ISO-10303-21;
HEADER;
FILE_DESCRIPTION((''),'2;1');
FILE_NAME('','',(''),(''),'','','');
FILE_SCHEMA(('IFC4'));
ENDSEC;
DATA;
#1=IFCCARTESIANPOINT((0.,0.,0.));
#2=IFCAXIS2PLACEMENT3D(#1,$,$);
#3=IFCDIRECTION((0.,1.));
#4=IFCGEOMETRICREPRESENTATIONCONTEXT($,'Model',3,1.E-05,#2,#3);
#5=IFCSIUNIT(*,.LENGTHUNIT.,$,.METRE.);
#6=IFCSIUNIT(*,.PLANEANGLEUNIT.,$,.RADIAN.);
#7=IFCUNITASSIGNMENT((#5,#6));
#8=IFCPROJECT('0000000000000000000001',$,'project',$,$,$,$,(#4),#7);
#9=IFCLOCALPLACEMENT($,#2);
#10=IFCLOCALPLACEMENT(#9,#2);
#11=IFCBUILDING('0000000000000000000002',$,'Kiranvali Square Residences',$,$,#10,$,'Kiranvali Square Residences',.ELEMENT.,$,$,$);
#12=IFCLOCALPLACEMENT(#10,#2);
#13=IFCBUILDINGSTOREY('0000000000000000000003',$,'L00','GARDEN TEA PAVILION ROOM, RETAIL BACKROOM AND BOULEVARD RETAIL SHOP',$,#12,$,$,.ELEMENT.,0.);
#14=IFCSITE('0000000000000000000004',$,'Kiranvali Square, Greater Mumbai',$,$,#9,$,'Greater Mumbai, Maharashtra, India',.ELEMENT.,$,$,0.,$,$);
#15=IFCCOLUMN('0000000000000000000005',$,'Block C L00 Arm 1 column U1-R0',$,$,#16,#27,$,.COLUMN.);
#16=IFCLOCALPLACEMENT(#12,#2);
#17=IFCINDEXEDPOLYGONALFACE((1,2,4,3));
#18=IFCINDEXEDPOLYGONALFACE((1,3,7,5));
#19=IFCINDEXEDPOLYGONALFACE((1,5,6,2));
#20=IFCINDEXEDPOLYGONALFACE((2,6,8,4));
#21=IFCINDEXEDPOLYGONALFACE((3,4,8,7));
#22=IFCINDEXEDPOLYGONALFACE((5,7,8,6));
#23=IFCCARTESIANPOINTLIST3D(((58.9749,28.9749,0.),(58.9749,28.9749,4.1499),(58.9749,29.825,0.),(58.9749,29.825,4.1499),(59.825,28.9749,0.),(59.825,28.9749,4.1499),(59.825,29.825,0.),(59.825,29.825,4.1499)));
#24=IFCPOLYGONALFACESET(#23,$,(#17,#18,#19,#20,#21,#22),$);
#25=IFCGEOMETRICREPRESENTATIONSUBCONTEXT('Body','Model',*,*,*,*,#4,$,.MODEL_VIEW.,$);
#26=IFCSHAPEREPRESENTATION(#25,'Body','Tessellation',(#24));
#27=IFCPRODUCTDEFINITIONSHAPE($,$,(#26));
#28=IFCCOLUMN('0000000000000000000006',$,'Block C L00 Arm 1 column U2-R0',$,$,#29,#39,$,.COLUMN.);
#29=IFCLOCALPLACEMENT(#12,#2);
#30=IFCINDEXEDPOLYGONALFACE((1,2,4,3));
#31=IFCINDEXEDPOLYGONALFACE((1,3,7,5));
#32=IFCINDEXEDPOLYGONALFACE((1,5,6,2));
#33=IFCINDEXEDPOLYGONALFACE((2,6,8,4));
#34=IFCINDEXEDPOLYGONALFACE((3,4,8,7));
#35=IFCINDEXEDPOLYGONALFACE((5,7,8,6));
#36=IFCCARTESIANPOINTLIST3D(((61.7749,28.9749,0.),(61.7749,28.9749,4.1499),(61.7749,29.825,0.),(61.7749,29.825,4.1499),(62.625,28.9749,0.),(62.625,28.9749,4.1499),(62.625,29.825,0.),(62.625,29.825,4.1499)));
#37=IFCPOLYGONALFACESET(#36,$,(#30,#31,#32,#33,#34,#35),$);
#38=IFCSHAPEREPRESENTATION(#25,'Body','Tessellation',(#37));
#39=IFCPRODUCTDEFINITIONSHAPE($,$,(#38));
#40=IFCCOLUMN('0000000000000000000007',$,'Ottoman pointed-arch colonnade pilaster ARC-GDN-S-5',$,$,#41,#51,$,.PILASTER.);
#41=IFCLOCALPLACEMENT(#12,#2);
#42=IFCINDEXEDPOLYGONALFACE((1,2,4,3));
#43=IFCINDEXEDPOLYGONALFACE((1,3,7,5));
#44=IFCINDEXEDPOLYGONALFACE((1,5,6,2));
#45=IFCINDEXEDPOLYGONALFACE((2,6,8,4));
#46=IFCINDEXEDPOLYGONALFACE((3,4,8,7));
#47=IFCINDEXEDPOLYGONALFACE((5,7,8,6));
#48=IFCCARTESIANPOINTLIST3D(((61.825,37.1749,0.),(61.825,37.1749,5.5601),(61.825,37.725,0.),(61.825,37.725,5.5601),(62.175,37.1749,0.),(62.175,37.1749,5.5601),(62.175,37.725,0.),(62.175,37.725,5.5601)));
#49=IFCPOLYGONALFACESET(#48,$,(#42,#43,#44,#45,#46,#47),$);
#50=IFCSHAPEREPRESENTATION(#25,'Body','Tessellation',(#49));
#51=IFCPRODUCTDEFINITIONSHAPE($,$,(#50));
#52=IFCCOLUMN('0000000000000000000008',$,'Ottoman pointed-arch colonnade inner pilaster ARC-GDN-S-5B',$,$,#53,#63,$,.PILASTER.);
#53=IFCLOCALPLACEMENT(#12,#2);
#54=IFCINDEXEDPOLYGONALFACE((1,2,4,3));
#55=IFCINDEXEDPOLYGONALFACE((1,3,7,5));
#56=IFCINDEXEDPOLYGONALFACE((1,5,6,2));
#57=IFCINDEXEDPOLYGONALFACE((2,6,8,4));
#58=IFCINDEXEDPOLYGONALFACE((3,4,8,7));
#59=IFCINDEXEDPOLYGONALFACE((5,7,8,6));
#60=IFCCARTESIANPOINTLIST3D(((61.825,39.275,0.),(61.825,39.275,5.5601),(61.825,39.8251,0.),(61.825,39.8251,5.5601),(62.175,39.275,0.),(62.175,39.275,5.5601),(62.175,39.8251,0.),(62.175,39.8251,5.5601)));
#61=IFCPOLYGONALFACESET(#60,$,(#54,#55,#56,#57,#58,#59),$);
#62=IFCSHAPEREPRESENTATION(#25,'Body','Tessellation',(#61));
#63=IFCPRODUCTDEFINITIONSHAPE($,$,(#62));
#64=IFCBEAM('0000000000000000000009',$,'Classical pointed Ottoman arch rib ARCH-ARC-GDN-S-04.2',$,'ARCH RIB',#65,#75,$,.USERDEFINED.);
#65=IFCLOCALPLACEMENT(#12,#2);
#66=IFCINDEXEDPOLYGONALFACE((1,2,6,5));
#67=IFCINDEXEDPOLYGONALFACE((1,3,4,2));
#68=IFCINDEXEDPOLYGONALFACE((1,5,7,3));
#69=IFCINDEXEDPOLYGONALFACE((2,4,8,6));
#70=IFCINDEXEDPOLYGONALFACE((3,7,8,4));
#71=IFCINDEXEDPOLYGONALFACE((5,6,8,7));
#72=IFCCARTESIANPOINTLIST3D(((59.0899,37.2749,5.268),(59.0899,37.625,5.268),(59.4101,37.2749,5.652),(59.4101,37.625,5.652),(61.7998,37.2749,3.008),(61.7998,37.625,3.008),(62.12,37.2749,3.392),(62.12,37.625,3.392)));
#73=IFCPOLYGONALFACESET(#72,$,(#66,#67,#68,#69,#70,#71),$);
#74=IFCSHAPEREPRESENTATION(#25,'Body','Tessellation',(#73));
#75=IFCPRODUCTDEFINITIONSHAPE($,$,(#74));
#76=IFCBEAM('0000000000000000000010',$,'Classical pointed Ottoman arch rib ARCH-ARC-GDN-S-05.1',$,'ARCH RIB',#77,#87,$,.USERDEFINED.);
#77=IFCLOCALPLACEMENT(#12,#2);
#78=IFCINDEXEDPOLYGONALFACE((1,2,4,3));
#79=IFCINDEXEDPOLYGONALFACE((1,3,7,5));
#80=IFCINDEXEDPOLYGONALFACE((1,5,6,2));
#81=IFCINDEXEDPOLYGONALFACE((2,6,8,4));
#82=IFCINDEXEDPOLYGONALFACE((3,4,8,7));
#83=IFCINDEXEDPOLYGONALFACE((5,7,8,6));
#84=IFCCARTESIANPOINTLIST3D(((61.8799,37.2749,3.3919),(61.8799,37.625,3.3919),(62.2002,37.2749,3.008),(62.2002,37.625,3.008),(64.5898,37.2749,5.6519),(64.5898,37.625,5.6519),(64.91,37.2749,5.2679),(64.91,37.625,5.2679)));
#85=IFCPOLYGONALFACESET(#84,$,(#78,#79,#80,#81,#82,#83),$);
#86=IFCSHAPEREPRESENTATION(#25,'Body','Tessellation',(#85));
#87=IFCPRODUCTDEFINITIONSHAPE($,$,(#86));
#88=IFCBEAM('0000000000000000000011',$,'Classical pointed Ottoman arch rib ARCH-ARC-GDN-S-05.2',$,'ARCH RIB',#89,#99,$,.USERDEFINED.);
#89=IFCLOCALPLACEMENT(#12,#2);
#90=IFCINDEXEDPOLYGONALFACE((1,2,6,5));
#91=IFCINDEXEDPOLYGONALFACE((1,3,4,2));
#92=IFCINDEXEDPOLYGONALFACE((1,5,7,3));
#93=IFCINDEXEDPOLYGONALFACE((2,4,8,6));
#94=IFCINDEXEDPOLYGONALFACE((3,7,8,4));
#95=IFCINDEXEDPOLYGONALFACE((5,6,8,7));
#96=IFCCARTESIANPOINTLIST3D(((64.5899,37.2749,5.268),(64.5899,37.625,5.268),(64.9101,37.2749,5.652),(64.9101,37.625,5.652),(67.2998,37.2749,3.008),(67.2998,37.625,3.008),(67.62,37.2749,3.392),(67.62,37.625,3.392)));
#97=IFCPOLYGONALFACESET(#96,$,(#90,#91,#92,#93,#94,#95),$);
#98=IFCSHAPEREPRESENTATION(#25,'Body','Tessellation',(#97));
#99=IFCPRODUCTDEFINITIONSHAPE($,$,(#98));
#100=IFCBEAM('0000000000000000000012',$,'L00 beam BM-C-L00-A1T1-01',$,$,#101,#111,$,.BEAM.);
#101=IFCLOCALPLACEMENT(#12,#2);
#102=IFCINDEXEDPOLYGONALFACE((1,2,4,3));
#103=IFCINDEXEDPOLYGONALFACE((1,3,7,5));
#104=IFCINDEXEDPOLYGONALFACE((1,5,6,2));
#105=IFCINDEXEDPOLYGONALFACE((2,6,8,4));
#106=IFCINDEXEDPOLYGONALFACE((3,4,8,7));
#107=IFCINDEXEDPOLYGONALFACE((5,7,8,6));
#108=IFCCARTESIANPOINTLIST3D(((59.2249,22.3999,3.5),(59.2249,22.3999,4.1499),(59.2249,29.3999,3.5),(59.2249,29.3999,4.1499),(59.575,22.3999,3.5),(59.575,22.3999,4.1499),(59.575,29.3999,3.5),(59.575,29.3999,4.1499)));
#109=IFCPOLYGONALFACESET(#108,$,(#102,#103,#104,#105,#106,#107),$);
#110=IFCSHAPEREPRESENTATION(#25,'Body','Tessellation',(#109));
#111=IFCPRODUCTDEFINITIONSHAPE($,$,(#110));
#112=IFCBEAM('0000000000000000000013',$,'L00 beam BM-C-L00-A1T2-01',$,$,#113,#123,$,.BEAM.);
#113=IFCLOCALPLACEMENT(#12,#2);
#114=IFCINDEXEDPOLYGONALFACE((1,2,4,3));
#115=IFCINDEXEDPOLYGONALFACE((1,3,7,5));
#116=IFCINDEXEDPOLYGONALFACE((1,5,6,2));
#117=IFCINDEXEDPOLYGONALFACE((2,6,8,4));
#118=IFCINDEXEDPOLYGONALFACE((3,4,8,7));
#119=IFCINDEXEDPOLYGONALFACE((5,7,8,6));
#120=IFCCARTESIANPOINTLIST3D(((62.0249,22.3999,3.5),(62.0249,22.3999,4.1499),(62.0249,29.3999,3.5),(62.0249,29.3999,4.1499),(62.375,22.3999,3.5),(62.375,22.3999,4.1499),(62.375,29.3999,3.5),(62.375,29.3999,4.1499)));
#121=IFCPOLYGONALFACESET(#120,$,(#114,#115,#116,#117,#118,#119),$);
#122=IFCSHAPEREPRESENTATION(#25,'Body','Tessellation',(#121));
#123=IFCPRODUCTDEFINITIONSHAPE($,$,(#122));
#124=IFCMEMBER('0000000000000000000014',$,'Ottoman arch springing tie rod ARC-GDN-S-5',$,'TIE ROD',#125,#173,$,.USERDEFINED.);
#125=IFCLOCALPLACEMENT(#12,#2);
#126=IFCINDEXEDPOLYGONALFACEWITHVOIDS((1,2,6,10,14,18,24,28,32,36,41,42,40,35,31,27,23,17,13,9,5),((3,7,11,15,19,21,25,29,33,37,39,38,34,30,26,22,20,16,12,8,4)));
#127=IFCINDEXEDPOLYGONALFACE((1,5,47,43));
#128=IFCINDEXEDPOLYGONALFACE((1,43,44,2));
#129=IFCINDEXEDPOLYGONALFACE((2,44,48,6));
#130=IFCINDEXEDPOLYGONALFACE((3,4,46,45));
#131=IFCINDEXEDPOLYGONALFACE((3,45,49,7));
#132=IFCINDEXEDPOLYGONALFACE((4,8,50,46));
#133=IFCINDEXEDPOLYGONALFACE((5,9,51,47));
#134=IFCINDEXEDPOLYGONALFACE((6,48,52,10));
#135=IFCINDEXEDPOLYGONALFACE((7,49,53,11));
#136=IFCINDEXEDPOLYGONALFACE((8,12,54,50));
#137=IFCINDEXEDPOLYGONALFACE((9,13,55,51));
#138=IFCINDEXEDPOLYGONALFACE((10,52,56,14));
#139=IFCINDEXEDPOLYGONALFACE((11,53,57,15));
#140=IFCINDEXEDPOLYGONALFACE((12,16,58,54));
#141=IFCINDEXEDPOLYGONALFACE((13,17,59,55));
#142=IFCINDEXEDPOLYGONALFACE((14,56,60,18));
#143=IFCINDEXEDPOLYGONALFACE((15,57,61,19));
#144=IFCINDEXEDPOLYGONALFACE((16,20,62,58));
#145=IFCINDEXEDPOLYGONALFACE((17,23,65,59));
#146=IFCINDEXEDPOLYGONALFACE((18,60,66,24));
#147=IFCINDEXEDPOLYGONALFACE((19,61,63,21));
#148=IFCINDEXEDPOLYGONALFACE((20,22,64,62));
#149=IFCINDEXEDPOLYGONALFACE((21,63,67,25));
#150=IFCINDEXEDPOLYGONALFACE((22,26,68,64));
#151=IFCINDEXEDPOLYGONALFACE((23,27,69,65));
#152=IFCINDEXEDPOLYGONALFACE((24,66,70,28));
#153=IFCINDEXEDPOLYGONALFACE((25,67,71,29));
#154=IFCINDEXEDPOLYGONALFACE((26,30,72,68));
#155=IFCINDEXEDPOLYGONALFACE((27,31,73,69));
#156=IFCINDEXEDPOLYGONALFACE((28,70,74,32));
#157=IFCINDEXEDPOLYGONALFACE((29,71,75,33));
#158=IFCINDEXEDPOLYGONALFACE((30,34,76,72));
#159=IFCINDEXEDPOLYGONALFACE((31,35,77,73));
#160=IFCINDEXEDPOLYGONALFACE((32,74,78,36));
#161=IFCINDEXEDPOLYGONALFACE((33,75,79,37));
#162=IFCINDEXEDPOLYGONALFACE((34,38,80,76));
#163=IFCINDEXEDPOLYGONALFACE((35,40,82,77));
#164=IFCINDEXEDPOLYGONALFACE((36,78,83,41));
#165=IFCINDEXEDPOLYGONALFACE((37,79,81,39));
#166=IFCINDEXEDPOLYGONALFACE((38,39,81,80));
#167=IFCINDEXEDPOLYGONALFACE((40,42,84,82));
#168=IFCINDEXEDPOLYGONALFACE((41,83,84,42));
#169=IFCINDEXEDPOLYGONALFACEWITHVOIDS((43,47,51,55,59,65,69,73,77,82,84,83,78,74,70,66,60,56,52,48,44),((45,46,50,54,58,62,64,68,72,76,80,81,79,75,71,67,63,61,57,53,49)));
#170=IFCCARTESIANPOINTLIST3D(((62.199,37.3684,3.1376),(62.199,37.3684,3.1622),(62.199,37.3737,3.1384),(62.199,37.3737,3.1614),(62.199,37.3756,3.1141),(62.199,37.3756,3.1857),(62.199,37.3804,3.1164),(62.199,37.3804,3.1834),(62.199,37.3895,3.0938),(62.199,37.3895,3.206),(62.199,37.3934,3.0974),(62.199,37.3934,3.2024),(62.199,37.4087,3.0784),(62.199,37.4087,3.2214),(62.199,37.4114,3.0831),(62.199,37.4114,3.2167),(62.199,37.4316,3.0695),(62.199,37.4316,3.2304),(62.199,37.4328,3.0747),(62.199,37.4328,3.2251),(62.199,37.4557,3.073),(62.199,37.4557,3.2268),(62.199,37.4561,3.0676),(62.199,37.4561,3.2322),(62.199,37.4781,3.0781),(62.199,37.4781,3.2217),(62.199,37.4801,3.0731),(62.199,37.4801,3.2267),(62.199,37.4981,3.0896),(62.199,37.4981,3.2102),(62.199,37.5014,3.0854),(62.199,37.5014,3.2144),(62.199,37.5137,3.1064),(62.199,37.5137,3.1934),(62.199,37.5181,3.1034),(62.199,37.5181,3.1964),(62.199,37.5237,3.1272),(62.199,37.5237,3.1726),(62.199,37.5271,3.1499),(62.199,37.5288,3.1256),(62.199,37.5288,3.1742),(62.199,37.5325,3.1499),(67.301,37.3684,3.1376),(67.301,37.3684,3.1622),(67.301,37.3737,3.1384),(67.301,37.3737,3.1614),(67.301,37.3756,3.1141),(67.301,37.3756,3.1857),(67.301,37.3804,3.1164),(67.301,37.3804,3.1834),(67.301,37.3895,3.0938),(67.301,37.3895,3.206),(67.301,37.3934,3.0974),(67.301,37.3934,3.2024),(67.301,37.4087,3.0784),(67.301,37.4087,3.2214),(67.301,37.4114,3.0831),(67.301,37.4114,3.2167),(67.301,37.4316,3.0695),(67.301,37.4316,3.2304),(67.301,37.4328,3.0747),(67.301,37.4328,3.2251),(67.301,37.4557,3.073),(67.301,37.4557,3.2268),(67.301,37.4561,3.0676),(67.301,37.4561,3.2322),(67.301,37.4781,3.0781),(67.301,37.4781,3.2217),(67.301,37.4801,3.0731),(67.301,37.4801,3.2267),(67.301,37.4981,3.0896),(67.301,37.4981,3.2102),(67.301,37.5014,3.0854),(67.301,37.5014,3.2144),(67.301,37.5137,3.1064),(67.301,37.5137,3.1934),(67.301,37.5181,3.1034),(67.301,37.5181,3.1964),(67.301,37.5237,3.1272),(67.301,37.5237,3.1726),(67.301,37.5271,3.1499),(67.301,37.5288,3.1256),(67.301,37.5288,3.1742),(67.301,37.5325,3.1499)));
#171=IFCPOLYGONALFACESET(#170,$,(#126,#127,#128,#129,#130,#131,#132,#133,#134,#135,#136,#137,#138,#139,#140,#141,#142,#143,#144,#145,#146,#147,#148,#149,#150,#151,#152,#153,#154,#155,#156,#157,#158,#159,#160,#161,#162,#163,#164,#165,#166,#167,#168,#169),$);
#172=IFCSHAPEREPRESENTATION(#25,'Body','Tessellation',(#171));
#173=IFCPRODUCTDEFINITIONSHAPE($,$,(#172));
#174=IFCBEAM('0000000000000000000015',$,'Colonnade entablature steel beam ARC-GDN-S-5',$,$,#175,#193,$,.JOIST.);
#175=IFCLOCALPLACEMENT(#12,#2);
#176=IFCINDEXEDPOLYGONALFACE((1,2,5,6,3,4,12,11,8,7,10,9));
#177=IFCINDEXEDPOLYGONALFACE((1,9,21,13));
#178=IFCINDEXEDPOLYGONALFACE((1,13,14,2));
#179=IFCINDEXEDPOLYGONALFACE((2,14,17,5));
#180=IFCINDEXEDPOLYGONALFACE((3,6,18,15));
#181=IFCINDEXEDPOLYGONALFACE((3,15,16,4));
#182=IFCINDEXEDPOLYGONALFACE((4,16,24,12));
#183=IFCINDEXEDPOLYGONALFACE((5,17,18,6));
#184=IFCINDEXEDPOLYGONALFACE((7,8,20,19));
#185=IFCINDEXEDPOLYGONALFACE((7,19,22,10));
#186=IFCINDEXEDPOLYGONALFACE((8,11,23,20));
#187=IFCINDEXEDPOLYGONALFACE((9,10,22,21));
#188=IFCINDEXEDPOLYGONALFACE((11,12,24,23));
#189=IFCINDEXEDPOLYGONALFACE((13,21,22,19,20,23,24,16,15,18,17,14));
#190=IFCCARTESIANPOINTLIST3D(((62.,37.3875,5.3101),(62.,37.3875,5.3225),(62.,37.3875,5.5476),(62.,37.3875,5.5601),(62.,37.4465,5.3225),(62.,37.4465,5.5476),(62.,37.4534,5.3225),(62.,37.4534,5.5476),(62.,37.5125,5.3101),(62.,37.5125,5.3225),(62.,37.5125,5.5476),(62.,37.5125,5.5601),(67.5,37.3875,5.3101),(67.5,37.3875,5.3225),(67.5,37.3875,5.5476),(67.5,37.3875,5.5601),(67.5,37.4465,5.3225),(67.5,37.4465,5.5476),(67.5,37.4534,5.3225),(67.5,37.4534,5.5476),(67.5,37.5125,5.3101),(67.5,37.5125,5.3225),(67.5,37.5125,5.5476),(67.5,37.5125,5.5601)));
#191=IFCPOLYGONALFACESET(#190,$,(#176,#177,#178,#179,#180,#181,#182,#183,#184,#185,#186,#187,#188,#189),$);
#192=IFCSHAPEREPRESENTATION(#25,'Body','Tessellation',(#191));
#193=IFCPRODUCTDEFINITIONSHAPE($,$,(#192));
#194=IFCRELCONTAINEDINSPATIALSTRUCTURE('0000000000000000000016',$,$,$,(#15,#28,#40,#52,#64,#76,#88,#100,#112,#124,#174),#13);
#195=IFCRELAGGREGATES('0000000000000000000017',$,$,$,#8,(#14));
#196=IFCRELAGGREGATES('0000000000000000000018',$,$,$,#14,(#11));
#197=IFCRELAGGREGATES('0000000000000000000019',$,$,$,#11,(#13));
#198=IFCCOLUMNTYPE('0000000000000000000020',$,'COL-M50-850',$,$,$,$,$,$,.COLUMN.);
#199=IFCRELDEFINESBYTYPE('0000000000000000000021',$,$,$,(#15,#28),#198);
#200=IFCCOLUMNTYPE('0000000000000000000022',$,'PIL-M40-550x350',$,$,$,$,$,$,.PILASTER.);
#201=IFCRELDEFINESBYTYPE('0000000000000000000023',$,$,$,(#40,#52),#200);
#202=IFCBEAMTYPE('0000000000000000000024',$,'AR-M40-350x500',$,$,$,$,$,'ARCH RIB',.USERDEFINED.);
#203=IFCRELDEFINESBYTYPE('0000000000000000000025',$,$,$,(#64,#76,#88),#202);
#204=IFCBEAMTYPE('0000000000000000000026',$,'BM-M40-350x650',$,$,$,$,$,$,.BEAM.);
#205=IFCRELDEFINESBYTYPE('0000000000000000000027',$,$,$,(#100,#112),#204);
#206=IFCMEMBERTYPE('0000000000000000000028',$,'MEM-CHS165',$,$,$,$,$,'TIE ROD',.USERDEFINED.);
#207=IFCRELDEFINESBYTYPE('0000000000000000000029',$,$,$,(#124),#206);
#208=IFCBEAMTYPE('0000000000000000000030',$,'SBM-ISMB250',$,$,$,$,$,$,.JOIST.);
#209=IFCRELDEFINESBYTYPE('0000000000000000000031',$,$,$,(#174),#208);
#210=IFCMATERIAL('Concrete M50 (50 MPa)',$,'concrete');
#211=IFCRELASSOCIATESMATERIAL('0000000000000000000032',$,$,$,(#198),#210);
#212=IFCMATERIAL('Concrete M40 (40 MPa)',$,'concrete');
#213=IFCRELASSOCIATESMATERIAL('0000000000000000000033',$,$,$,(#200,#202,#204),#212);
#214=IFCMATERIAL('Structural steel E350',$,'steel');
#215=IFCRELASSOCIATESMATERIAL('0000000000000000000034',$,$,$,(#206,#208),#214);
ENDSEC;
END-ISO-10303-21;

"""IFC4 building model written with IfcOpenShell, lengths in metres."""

from ifc_helpers import new_model, si_unit, direction, frame, origin, origin_2d, place, context, subcontext, project, spatial, rectangle, hollow_circle, i_section, extrude, material, material_profile, profile_set, type_object, element, save


model = new_model("IFC4")

# Units and contexts
model_context = context("Model", 3, precision=1e-05, world=origin(), true_north=direction((0.0, 1.0)))
body_context = subcontext(model_context, "Body", "Model", "MODEL_VIEW")
ifc_project = project(units=[si_unit("LENGTHUNIT", "METRE"), si_unit("PLANEANGLEUNIT", "RADIAN")], contexts=[model_context])

# Site, building, storey
site_placement = place(None, origin())
site = spatial("IfcSite", under=ifc_project, at=site_placement, Name="Kiranvali Square, Greater Mumbai", LongName="Greater Mumbai, Maharashtra, India", CompositionType="ELEMENT", RefElevation=0.0)
building_placement = place(site_placement, origin())
building = spatial("IfcBuilding", under=site, at=building_placement, Name="Kiranvali Square Residences", LongName="Kiranvali Square Residences", CompositionType="ELEMENT")
storey_placement = place(building_placement, origin())
storey = spatial("IfcBuildingStorey", under=building, at=storey_placement, Name="L00", Description="GARDEN TEA PAVILION ROOM, RETAIL BACKROOM AND BOULEVARD RETAIL SHOP", CompositionType="ELEMENT", Elevation=0.0)

# Columns
ifc_material_1 = material(Name="Concrete M50 (50 MPa)", Category="concrete")
ifc_material_profile_1 = material_profile(ifc_material_1, rectangle(XDim=0.8501, YDim=0.8501, at=origin_2d()), Name="RC 850x850")
ifc_profile_set_1 = profile_set([ifc_material_profile_1], Name="Concrete M50 (50 MPa)")
column_type_1 = type_object("IfcColumnType", Name="COL-M50-850", PredefinedType="COLUMN", material=ifc_profile_set_1)
for number, where, z_axis, x_axis, name in (
    (1, (59.3999, 29.3999, 0.0), (0.0, 0.0, 1.0), (1.0, 0.0, 0.0), "Block C L00 Arm 1 column U1-R0"),
    (2, (62.2, 29.3999, 0.0), (0.0, 0.0, 1.0), (1.0, 0.0, 0.0), "Block C L00 Arm 1 column U2-R0"),
):
    element("IfcColumn", number, at=place(storey_placement, frame(where, z_axis=z_axis, x_axis=x_axis)), inside=storey, type_object=column_type_1, Name=name, PredefinedType="COLUMN", context=body_context, shape_type="SweptSolid", body=[
        extrude(rectangle(XDim=0.8501, YDim=0.8501, at=origin_2d()), origin(), (0.0, 0.0, 1.0), 4.1499),
    ])
ifc_material_2 = material(Name="Concrete M40 (40 MPa)", Category="concrete")
ifc_material_profile_2 = material_profile(ifc_material_2, rectangle(XDim=0.3501, YDim=0.55, at=origin_2d()), Name="RC 550x350")
ifc_profile_set_2 = profile_set([ifc_material_profile_2], Name="Concrete M40 (40 MPa)")
column_type_2 = type_object("IfcColumnType", Name="PIL-M40-550x350", PredefinedType="PILASTER", material=ifc_profile_set_2)
for number, where, z_axis, x_axis, name in (
    (3, (62.0, 37.45, 0.0), (0.0, 0.0, 1.0), (1.0, 0.0, 0.0), "Ottoman pointed-arch colonnade pilaster ARC-GDN-S-5"),
    (4, (62.0, 39.55, 0.0), (0.0, 0.0, 1.0), (1.0, 0.0, 0.0), "Ottoman pointed-arch colonnade inner pilaster ARC-GDN-S-5B"),
):
    element("IfcColumn", number, at=place(storey_placement, frame(where, z_axis=z_axis, x_axis=x_axis)), inside=storey, type_object=column_type_2, Name=name, PredefinedType="PILASTER", context=body_context, shape_type="SweptSolid", body=[
        extrude(rectangle(XDim=0.3501, YDim=0.55, at=origin_2d()), origin(), (0.0, 0.0, 1.0), 5.5601),
    ])

# Beams
ifc_material_profile_3 = material_profile(ifc_material_2, rectangle(XDim=0.3501, YDim=0.5, at=origin_2d()), Name="RC 350x500")
ifc_profile_set_3 = profile_set([ifc_material_profile_3], Name="Concrete M40 (40 MPa)")
beam_type_1 = type_object("IfcBeamType", Name="AR-M40-350x500", ElementType="ARCH RIB", PredefinedType="USERDEFINED", material=ifc_profile_set_3)
for number, where, z_axis, x_axis, name in (
    (5, (59.25, 37.45, 5.46), (0.767983, 0.0, -0.64047), (0.0, 1.0, 0.0), "Classical pointed Ottoman arch rib ARCH-ARC-GDN-S-04.2"),
    (6, (62.04, 37.45, 3.2), (0.767983, 0.0, 0.64047), (0.0, 1.0, 0.0), "Classical pointed Ottoman arch rib ARCH-ARC-GDN-S-05.1"),
    (7, (64.75, 37.45, 5.46), (0.767983, 0.0, -0.64047), (0.0, 1.0, 0.0), "Classical pointed Ottoman arch rib ARCH-ARC-GDN-S-05.2"),
):
    element("IfcBeam", number, at=place(storey_placement, frame(where, z_axis=z_axis, x_axis=x_axis)), inside=storey, type_object=beam_type_1, Name=name, ObjectType="ARCH RIB", PredefinedType="USERDEFINED", context=body_context, shape_type="SweptSolid", body=[
        extrude(rectangle(XDim=0.3501, YDim=0.5, at=origin_2d()), origin(), (0.0, 0.0, 1.0), 3.5286),
    ])
ifc_material_profile_4 = material_profile(ifc_material_2, rectangle(XDim=0.3501, YDim=0.6499, at=origin_2d()), Name="RC 350x650")
ifc_profile_set_4 = profile_set([ifc_material_profile_4], Name="Concrete M40 (40 MPa)")
beam_type_2 = type_object("IfcBeamType", Name="BM-M40-350x650", PredefinedType="BEAM", material=ifc_profile_set_4)
for number, where, z_axis, x_axis, name in (
    (8, (59.3999, 29.3999, 3.825), (0.0, -1.0, 0.0), (1.0, 0.0, 0.0), "L00 beam BM-C-L00-A1T1-01"),
    (9, (62.2, 29.3999, 3.825), (0.0, -1.0, 0.0), (1.0, 0.0, 0.0), "L00 beam BM-C-L00-A1T2-01"),
):
    element("IfcBeam", number, at=place(storey_placement, frame(where, z_axis=z_axis, x_axis=x_axis)), inside=storey, type_object=beam_type_2, Name=name, PredefinedType="BEAM", context=body_context, shape_type="SweptSolid", body=[
        extrude(rectangle(XDim=0.3501, YDim=0.6499, at=origin_2d()), origin(), (0.0, 0.0, 1.0), 7.0),
    ])

# Member
ifc_material_3 = material(Name="Structural steel E350", Category="steel")
ifc_material_profile_5 = material_profile(ifc_material_3, hollow_circle(Radius=0.0825, WallThickness=0.0054, at=origin_2d()), Name="CHS 165.1x5.4")
ifc_profile_set_5 = profile_set([ifc_material_profile_5], Name="Structural steel E350")
member_type = type_object("IfcMemberType", Name="MEM-CHS165", ElementType="TIE ROD", PredefinedType="USERDEFINED", material=ifc_profile_set_5)
member_placement = place(storey_placement, frame((62.199, 37.45, 3.1499), z_axis=(1.0, 0.0, 0.0), x_axis=(0.0, 1.0, 0.0)))
element("IfcMember", 10, at=member_placement, inside=storey, type_object=member_type, Name="Ottoman arch springing tie rod ARC-GDN-S-5", ObjectType="TIE ROD", PredefinedType="USERDEFINED", context=body_context, shape_type="SweptSolid", body=[
    extrude(hollow_circle(Radius=0.0825, WallThickness=0.0054, at=origin_2d()), origin(), (0.0, 0.0, 1.0), 5.1021),
])

# Beam
ifc_material_profile_6 = material_profile(ifc_material_3, i_section(OverallWidth=0.125, OverallDepth=0.25, WebThickness=0.0068, FlangeThickness=0.0125, at=origin_2d()), Name="ISMB 250")
ifc_profile_set_6 = profile_set([ifc_material_profile_6], Name="Structural steel E350")
beam_type_3 = type_object("IfcBeamType", Name="SBM-ISMB250", PredefinedType="JOIST", material=ifc_profile_set_6)
for number, where, z_axis, x_axis, name in (
    (11, (62.0, 37.45, 5.4351), (1.0, 0.0, 0.0), (0.0, 1.0, 0.0), "Colonnade entablature steel beam ARC-GDN-S-5"),
):
    element("IfcBeam", number, at=place(storey_placement, frame(where, z_axis=z_axis, x_axis=x_axis)), inside=storey, type_object=beam_type_3, Name=name, PredefinedType="JOIST", context=body_context, shape_type="SweptSolid", body=[
        extrude(i_section(OverallWidth=0.125, OverallDepth=0.25, WebThickness=0.0068, FlangeThickness=0.0125, at=origin_2d()), origin(), (0.0, 0.0, 1.0), 5.5),
    ])

save(model, "model.ifc")
